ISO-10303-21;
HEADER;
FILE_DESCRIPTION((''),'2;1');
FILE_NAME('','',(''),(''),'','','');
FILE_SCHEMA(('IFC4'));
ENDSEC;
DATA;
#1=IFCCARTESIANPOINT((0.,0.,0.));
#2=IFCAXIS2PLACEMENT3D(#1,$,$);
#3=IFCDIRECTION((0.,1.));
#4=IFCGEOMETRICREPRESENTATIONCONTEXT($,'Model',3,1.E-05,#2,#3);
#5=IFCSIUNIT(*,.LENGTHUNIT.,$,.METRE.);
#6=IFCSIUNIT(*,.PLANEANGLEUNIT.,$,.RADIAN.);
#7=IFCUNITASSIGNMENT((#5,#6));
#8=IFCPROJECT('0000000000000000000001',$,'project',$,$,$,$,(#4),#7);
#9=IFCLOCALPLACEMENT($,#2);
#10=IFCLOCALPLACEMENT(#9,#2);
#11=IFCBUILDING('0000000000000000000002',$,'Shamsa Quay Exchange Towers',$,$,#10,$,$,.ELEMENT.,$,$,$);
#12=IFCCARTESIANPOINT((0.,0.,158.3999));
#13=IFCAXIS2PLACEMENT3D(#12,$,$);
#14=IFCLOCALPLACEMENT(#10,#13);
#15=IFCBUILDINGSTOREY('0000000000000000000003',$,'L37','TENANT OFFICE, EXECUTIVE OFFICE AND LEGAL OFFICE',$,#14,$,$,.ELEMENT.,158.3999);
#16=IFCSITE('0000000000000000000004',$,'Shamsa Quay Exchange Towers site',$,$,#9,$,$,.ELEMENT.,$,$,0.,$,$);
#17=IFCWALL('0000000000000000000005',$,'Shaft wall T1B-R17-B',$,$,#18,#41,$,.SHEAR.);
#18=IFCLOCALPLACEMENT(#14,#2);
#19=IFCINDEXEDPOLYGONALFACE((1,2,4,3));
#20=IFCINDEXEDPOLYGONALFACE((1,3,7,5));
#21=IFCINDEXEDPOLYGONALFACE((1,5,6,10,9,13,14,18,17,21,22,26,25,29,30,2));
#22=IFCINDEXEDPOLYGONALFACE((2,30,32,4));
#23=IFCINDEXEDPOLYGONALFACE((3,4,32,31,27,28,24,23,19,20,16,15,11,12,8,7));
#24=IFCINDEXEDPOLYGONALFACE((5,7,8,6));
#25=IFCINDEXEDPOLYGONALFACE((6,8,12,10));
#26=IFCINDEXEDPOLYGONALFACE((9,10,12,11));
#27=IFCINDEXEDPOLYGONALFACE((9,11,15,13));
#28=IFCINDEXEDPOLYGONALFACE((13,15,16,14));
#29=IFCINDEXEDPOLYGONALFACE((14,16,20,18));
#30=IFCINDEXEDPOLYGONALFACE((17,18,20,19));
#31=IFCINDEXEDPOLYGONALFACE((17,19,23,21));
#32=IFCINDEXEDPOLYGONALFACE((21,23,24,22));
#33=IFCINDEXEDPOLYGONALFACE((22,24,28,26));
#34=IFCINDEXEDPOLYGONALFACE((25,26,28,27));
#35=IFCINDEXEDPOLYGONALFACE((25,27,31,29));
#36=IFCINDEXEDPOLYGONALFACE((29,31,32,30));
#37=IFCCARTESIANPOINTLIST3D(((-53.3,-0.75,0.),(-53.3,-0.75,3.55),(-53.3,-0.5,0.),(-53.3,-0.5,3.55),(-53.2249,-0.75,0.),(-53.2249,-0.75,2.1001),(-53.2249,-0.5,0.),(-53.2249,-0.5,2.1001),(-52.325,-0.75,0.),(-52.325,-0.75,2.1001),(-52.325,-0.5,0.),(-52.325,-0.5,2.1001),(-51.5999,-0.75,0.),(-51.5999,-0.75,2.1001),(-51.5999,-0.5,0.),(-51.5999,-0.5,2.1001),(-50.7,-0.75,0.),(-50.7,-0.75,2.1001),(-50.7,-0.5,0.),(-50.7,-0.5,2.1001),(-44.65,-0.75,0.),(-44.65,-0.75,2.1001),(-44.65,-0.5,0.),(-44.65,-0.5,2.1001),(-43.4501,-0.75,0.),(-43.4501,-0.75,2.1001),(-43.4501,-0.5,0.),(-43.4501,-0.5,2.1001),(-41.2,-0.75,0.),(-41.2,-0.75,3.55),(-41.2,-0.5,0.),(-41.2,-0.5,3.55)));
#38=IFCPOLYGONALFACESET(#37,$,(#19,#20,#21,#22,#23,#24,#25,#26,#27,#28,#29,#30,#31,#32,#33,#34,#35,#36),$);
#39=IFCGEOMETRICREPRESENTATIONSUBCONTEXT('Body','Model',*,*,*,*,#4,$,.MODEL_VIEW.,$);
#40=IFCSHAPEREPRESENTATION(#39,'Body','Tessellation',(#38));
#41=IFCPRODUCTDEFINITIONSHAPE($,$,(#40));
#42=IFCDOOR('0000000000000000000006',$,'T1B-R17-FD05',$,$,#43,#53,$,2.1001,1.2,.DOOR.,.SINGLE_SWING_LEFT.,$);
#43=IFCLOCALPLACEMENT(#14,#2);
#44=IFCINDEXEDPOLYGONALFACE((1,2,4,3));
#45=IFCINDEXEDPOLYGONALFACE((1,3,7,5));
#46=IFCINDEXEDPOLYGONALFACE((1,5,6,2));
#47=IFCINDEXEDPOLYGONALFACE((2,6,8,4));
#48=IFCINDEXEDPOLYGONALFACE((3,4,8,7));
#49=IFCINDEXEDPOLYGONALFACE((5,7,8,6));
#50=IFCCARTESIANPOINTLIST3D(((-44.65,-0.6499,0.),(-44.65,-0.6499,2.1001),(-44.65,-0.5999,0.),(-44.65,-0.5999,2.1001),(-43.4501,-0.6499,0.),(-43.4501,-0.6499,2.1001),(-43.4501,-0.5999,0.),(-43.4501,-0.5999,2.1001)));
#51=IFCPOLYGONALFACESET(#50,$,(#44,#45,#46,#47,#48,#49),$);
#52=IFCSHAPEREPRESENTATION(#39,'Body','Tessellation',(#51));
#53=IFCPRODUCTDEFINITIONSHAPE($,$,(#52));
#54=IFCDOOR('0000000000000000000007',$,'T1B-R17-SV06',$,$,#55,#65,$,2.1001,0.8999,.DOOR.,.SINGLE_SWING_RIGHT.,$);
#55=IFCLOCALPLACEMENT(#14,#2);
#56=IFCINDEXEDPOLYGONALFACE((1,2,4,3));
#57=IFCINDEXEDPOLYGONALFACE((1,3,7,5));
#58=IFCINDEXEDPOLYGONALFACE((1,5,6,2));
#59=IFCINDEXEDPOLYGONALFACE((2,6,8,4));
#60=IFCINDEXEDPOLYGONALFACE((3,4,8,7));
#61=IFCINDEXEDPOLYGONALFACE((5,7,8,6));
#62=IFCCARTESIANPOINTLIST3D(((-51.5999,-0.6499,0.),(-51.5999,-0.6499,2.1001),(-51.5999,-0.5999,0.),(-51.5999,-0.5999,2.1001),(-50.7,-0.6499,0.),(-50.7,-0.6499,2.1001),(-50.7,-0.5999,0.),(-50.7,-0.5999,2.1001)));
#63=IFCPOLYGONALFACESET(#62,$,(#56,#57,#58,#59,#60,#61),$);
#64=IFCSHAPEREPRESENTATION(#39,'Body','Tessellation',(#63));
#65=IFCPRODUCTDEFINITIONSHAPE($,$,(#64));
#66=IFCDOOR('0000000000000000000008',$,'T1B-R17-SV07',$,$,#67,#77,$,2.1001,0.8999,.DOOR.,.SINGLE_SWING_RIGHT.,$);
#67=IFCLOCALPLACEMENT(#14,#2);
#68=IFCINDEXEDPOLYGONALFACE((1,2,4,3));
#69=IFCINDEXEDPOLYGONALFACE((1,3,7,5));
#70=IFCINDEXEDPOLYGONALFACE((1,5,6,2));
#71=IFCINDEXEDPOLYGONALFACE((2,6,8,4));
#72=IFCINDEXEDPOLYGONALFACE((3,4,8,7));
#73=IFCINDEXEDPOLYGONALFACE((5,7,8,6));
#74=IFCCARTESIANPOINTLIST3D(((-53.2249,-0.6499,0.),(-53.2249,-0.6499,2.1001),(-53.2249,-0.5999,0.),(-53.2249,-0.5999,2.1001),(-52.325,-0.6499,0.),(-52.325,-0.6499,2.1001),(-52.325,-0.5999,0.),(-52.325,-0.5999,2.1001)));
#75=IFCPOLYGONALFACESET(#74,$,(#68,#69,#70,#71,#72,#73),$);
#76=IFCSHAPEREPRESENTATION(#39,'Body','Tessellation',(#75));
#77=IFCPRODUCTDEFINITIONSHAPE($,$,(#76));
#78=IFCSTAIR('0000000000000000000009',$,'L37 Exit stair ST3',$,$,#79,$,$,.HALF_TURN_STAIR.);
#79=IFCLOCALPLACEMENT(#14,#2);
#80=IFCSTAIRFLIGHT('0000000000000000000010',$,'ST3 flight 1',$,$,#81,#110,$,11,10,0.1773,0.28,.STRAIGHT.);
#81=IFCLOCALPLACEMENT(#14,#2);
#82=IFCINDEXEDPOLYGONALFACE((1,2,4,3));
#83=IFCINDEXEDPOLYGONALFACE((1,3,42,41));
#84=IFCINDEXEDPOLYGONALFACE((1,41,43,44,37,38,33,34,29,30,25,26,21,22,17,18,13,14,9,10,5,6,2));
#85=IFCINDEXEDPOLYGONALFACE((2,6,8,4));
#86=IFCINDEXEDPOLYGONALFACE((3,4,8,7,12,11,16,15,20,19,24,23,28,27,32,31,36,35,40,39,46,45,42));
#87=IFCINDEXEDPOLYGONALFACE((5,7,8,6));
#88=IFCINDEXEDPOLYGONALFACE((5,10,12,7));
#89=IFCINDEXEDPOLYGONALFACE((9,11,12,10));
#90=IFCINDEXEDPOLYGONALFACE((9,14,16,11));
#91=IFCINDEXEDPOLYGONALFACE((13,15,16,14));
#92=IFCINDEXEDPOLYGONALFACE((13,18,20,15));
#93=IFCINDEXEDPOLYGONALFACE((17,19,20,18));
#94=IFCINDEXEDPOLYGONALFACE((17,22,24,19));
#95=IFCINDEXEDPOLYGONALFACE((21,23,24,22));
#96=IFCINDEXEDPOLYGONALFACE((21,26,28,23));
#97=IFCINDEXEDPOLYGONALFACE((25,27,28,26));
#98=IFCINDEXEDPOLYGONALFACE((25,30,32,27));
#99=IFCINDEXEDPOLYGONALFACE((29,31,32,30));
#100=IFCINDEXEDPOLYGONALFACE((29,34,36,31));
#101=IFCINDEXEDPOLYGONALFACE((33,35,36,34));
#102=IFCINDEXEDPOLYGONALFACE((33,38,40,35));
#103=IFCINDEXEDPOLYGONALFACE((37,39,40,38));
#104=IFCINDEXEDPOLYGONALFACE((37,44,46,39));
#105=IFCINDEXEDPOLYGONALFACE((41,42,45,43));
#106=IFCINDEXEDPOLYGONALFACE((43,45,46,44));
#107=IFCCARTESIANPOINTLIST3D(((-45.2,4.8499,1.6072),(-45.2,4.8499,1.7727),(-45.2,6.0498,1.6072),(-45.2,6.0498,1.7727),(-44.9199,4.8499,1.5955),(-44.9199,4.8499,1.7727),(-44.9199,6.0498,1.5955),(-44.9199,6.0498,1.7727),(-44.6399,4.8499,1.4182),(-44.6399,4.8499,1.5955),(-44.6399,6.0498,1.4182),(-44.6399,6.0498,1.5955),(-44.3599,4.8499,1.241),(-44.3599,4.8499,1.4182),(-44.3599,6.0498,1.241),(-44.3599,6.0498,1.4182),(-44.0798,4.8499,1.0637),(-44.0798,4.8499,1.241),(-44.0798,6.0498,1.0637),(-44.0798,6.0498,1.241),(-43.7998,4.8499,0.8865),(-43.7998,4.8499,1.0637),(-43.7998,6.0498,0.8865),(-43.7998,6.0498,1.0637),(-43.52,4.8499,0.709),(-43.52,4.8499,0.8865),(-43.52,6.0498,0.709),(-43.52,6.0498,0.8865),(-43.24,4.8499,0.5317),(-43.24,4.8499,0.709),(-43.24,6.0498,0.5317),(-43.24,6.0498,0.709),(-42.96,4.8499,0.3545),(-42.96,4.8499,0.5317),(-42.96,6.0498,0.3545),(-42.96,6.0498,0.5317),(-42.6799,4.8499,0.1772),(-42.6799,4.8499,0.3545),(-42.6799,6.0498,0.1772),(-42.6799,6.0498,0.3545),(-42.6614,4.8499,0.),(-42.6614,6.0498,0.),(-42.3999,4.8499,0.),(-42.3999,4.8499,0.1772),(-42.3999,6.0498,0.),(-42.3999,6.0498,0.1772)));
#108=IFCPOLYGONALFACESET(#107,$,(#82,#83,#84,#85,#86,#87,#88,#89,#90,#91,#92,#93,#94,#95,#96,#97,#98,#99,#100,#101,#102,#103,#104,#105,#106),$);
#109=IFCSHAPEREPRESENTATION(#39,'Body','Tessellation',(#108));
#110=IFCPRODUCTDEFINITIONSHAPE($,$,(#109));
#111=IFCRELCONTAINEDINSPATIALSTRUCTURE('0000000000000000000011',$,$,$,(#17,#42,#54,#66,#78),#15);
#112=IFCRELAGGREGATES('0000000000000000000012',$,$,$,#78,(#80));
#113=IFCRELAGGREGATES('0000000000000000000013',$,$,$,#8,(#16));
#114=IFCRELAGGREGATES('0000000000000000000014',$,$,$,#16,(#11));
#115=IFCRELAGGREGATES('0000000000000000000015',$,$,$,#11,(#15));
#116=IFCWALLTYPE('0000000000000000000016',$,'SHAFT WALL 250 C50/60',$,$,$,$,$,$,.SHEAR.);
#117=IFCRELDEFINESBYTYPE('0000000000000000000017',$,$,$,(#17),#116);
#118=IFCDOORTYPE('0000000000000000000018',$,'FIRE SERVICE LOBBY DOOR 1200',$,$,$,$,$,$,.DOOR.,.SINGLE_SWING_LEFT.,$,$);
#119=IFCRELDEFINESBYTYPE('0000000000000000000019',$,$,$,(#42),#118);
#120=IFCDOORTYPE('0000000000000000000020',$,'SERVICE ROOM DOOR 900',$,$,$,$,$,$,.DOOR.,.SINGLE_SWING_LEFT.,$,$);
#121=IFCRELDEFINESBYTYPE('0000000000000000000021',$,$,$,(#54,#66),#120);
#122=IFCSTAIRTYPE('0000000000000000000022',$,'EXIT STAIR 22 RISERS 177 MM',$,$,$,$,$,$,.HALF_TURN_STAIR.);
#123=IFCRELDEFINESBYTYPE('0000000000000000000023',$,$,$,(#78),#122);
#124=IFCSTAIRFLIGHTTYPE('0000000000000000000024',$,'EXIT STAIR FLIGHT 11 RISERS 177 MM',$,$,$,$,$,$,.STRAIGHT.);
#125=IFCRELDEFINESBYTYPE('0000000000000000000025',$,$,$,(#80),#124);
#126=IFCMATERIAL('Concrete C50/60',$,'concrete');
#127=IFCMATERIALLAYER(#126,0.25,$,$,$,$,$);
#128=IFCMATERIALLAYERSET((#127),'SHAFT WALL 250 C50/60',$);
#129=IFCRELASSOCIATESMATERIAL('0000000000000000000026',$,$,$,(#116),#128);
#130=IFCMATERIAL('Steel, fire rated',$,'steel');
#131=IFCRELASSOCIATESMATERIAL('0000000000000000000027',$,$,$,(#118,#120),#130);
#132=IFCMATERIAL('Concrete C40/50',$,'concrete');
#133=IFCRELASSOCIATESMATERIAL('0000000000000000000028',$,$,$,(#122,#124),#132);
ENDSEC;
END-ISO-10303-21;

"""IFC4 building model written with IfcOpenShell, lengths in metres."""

from ifc_helpers import new_model, si_unit, direction, frame, frame_2d, origin, place, context, subcontext, project, spatial, polyline, rectangle, outline, extrude, material, layer, layer_set, type_object, element, fill, aggregate, save


model = new_model("IFC4")

# Units and contexts
model_context = context("Model", 3, precision=1e-05, world=origin(), true_north=direction((0.0, 1.0)))
body_context = subcontext(model_context, "Body", "Model", "MODEL_VIEW")
ifc_project = project(units=[si_unit("LENGTHUNIT", "METRE"), si_unit("PLANEANGLEUNIT", "RADIAN")], contexts=[model_context])

# Site, building, storey
site_placement = place(None, origin())
site = spatial("IfcSite", under=ifc_project, at=site_placement, Name="Shamsa Quay Exchange Towers site", CompositionType="ELEMENT", RefElevation=0.0)
building_placement = place(site_placement, origin())
building = spatial("IfcBuilding", under=site, at=building_placement, Name="Shamsa Quay Exchange Towers", CompositionType="ELEMENT")
storey_placement = place(building_placement, frame((0.0, 0.0, 158.3999)))
storey = spatial("IfcBuildingStorey", under=building, at=storey_placement, Name="L37", Description="TENANT OFFICE, EXECUTIVE OFFICE AND LEGAL OFFICE", CompositionType="ELEMENT", Elevation=158.3999)

# Wall, openings, doors
ifc_material_1 = material(Name="Concrete C50/60", Category="concrete")
ifc_layer_1 = layer(ifc_material_1, 0.25)
ifc_layer_set_1 = layer_set([ifc_layer_1], Name="SHAFT WALL 250 C50/60")
wall_type_1 = type_object("IfcWallType", Name="SHAFT WALL 250 C50/60", PredefinedType="SHEAR", material=ifc_layer_set_1)
wall_1_placement = place(storey_placement, frame((-41.2, -0.625, 0.0), z_axis=(0.0, 0.0, 1.0), x_axis=(-1.0, 0.0, 0.0)))
wall_1 = element("IfcWall", 1, at=wall_1_placement, inside=storey, type_object=wall_type_1, Name="Shaft wall T1B-R17-B", PredefinedType="SHEAR", context=body_context, shape_type="SweptSolid", body=[
    extrude(rectangle(XDim=12.1001, YDim=0.25, at=frame_2d((6.05, 0.0))), origin(), (0.0, 0.0, 1.0), 3.55),
])
opening_1_placement = place(wall_1_placement, frame((2.25, 0.0, 0.0)))
opening_1 = element("IfcOpeningElement", 2, at=opening_1_placement, cuts=wall_1, PredefinedType="OPENING", context=body_context, shape_type="SweptSolid", body=[
    extrude(rectangle(XDim=1.2, YDim=2.1001, at=frame_2d((0.6001, 1.05))), frame((0.0, 0.135, 0.0), z_axis=(0.0, -1.0, 0.0), x_axis=(1.0, 0.0, 0.0)), (0.0, 0.0, 1.0), 0.27),
])
opening_2_placement = place(wall_1_placement, frame((9.5, 0.0, 0.0)))
opening_2 = element("IfcOpeningElement", 3, at=opening_2_placement, cuts=wall_1, PredefinedType="OPENING", context=body_context, shape_type="SweptSolid", body=[
    extrude(rectangle(XDim=0.8999, YDim=2.1001, at=frame_2d((0.45, 1.05))), frame((0.0, 0.135, 0.0), z_axis=(0.0, -1.0, 0.0), x_axis=(1.0, 0.0, 0.0)), (0.0, 0.0, 1.0), 0.27),
])
opening_3_placement = place(wall_1_placement, frame((11.125, 0.0, 0.0)))
opening_3 = element("IfcOpeningElement", 4, at=opening_3_placement, cuts=wall_1, PredefinedType="OPENING", context=body_context, shape_type="SweptSolid", body=[
    extrude(rectangle(XDim=0.8999, YDim=2.1001, at=frame_2d((0.45, 1.05))), frame((0.0, 0.135, 0.0), z_axis=(0.0, -1.0, 0.0), x_axis=(1.0, 0.0, 0.0)), (0.0, 0.0, 1.0), 0.27),
])
ifc_material_2 = material(Name="Steel, fire rated", Category="steel")
door_type_1 = type_object("IfcDoorType", Name="FIRE SERVICE LOBBY DOOR 1200", OperationType="SINGLE_SWING_LEFT", PredefinedType="DOOR", material=ifc_material_2)
door_1_placement = place(opening_1_placement, origin())
door_1 = element("IfcDoor", 5, at=door_1_placement, inside=storey, type_object=door_type_1, Name="T1B-R17-FD05", OperationType="SINGLE_SWING_LEFT", OverallHeight=2.1001, OverallWidth=1.2, PredefinedType="DOOR", context=body_context, shape_type="SweptSolid", body=[
    extrude(rectangle(XDim=1.2, YDim=2.1001, at=frame_2d((0.6001, 1.05))), frame((0.0, 0.0249, 0.0), z_axis=(0.0, -1.0, 0.0), x_axis=(1.0, 0.0, 0.0)), (0.0, 0.0, 1.0), 0.05),
])
fill(opening_1, door_1)
door_type_2 = type_object("IfcDoorType", Name="SERVICE ROOM DOOR 900", OperationType="SINGLE_SWING_LEFT", PredefinedType="DOOR", material=ifc_material_2)
door_2_placement = place(opening_2_placement, origin())
door_2 = element("IfcDoor", 6, at=door_2_placement, inside=storey, type_object=door_type_2, Name="T1B-R17-SV06", OperationType="SINGLE_SWING_RIGHT", OverallHeight=2.1001, OverallWidth=0.8999, PredefinedType="DOOR", context=body_context, shape_type="SweptSolid", body=[
    extrude(rectangle(XDim=0.8999, YDim=2.1001, at=frame_2d((0.45, 1.05))), frame((0.0, 0.0249, 0.0), z_axis=(0.0, -1.0, 0.0), x_axis=(1.0, 0.0, 0.0)), (0.0, 0.0, 1.0), 0.05),
])
fill(opening_2, door_2)
door_3_placement = place(opening_3_placement, origin())
door_3 = element("IfcDoor", 7, at=door_3_placement, inside=storey, type_object=door_type_2, Name="T1B-R17-SV07", OperationType="SINGLE_SWING_RIGHT", OverallHeight=2.1001, OverallWidth=0.8999, PredefinedType="DOOR", context=body_context, shape_type="SweptSolid", body=[
    extrude(rectangle(XDim=0.8999, YDim=2.1001, at=frame_2d((0.45, 1.05))), frame((0.0, 0.0249, 0.0), z_axis=(0.0, -1.0, 0.0), x_axis=(1.0, 0.0, 0.0)), (0.0, 0.0, 1.0), 0.05),
])
fill(opening_3, door_3)

# Stair, stair flight
ifc_material_3 = material(Name="Concrete C40/50", Category="concrete")
stair_type = type_object("IfcStairType", Name="EXIT STAIR 22 RISERS 177 MM", PredefinedType="HALF_TURN_STAIR", material=ifc_material_3)
stair_placement = place(storey_placement, origin())
stair = element("IfcStair", 8, at=stair_placement, inside=storey, type_object=stair_type, Name="L37 Exit stair ST3", PredefinedType="HALF_TURN_STAIR")
stair_flight_type = type_object("IfcStairFlightType", Name="EXIT STAIR FLIGHT 11 RISERS 177 MM", PredefinedType="STRAIGHT", material=ifc_material_3)
stair_flight_placement = place(storey_placement, frame((-42.3999, 5.45, 0.0), z_axis=(0.0, 0.0, 1.0), x_axis=(-1.0, 0.0, 0.0)))
stair_flight = element("IfcStairFlight", 9, at=stair_flight_placement, type_object=stair_flight_type, Name="ST3 flight 1", NumberOfRisers=11, NumberOfTreads=10, PredefinedType="STRAIGHT", RiserHeight=0.1773, TreadLength=0.28, context=body_context, shape_type="SweptSolid", body=[
    extrude(outline(polyline([(0.0, 0.0), (0.0, 0.1772), (0.28, 0.1772), (0.28, 0.3545), (0.5601, 0.3545), (0.5601, 0.5317), (0.8401, 0.5317), (0.8401, 0.709), (1.1201, 0.709), (1.1201, 0.8865), (1.3999, 0.8865), (1.3999, 1.0637), (1.6799, 1.0637), (1.6799, 1.241), (1.96, 1.241), (1.96, 1.4182), (2.24, 1.4182), (2.24, 1.5955), (2.52, 1.5955), (2.52, 1.7727), (2.8, 1.7727), (2.8, 1.95), (2.8, 1.6072), (0.2615, 0.0), (0.0, 0.0)])), frame((0.0, 0.6001, 0.0), z_axis=(0.0, -1.0, 0.0), x_axis=(1.0, 0.0, 0.0)), (0.0, 0.0, 1.0), 1.2),
])
aggregate(stair, [stair_flight])

save(model, "model.ifc")
